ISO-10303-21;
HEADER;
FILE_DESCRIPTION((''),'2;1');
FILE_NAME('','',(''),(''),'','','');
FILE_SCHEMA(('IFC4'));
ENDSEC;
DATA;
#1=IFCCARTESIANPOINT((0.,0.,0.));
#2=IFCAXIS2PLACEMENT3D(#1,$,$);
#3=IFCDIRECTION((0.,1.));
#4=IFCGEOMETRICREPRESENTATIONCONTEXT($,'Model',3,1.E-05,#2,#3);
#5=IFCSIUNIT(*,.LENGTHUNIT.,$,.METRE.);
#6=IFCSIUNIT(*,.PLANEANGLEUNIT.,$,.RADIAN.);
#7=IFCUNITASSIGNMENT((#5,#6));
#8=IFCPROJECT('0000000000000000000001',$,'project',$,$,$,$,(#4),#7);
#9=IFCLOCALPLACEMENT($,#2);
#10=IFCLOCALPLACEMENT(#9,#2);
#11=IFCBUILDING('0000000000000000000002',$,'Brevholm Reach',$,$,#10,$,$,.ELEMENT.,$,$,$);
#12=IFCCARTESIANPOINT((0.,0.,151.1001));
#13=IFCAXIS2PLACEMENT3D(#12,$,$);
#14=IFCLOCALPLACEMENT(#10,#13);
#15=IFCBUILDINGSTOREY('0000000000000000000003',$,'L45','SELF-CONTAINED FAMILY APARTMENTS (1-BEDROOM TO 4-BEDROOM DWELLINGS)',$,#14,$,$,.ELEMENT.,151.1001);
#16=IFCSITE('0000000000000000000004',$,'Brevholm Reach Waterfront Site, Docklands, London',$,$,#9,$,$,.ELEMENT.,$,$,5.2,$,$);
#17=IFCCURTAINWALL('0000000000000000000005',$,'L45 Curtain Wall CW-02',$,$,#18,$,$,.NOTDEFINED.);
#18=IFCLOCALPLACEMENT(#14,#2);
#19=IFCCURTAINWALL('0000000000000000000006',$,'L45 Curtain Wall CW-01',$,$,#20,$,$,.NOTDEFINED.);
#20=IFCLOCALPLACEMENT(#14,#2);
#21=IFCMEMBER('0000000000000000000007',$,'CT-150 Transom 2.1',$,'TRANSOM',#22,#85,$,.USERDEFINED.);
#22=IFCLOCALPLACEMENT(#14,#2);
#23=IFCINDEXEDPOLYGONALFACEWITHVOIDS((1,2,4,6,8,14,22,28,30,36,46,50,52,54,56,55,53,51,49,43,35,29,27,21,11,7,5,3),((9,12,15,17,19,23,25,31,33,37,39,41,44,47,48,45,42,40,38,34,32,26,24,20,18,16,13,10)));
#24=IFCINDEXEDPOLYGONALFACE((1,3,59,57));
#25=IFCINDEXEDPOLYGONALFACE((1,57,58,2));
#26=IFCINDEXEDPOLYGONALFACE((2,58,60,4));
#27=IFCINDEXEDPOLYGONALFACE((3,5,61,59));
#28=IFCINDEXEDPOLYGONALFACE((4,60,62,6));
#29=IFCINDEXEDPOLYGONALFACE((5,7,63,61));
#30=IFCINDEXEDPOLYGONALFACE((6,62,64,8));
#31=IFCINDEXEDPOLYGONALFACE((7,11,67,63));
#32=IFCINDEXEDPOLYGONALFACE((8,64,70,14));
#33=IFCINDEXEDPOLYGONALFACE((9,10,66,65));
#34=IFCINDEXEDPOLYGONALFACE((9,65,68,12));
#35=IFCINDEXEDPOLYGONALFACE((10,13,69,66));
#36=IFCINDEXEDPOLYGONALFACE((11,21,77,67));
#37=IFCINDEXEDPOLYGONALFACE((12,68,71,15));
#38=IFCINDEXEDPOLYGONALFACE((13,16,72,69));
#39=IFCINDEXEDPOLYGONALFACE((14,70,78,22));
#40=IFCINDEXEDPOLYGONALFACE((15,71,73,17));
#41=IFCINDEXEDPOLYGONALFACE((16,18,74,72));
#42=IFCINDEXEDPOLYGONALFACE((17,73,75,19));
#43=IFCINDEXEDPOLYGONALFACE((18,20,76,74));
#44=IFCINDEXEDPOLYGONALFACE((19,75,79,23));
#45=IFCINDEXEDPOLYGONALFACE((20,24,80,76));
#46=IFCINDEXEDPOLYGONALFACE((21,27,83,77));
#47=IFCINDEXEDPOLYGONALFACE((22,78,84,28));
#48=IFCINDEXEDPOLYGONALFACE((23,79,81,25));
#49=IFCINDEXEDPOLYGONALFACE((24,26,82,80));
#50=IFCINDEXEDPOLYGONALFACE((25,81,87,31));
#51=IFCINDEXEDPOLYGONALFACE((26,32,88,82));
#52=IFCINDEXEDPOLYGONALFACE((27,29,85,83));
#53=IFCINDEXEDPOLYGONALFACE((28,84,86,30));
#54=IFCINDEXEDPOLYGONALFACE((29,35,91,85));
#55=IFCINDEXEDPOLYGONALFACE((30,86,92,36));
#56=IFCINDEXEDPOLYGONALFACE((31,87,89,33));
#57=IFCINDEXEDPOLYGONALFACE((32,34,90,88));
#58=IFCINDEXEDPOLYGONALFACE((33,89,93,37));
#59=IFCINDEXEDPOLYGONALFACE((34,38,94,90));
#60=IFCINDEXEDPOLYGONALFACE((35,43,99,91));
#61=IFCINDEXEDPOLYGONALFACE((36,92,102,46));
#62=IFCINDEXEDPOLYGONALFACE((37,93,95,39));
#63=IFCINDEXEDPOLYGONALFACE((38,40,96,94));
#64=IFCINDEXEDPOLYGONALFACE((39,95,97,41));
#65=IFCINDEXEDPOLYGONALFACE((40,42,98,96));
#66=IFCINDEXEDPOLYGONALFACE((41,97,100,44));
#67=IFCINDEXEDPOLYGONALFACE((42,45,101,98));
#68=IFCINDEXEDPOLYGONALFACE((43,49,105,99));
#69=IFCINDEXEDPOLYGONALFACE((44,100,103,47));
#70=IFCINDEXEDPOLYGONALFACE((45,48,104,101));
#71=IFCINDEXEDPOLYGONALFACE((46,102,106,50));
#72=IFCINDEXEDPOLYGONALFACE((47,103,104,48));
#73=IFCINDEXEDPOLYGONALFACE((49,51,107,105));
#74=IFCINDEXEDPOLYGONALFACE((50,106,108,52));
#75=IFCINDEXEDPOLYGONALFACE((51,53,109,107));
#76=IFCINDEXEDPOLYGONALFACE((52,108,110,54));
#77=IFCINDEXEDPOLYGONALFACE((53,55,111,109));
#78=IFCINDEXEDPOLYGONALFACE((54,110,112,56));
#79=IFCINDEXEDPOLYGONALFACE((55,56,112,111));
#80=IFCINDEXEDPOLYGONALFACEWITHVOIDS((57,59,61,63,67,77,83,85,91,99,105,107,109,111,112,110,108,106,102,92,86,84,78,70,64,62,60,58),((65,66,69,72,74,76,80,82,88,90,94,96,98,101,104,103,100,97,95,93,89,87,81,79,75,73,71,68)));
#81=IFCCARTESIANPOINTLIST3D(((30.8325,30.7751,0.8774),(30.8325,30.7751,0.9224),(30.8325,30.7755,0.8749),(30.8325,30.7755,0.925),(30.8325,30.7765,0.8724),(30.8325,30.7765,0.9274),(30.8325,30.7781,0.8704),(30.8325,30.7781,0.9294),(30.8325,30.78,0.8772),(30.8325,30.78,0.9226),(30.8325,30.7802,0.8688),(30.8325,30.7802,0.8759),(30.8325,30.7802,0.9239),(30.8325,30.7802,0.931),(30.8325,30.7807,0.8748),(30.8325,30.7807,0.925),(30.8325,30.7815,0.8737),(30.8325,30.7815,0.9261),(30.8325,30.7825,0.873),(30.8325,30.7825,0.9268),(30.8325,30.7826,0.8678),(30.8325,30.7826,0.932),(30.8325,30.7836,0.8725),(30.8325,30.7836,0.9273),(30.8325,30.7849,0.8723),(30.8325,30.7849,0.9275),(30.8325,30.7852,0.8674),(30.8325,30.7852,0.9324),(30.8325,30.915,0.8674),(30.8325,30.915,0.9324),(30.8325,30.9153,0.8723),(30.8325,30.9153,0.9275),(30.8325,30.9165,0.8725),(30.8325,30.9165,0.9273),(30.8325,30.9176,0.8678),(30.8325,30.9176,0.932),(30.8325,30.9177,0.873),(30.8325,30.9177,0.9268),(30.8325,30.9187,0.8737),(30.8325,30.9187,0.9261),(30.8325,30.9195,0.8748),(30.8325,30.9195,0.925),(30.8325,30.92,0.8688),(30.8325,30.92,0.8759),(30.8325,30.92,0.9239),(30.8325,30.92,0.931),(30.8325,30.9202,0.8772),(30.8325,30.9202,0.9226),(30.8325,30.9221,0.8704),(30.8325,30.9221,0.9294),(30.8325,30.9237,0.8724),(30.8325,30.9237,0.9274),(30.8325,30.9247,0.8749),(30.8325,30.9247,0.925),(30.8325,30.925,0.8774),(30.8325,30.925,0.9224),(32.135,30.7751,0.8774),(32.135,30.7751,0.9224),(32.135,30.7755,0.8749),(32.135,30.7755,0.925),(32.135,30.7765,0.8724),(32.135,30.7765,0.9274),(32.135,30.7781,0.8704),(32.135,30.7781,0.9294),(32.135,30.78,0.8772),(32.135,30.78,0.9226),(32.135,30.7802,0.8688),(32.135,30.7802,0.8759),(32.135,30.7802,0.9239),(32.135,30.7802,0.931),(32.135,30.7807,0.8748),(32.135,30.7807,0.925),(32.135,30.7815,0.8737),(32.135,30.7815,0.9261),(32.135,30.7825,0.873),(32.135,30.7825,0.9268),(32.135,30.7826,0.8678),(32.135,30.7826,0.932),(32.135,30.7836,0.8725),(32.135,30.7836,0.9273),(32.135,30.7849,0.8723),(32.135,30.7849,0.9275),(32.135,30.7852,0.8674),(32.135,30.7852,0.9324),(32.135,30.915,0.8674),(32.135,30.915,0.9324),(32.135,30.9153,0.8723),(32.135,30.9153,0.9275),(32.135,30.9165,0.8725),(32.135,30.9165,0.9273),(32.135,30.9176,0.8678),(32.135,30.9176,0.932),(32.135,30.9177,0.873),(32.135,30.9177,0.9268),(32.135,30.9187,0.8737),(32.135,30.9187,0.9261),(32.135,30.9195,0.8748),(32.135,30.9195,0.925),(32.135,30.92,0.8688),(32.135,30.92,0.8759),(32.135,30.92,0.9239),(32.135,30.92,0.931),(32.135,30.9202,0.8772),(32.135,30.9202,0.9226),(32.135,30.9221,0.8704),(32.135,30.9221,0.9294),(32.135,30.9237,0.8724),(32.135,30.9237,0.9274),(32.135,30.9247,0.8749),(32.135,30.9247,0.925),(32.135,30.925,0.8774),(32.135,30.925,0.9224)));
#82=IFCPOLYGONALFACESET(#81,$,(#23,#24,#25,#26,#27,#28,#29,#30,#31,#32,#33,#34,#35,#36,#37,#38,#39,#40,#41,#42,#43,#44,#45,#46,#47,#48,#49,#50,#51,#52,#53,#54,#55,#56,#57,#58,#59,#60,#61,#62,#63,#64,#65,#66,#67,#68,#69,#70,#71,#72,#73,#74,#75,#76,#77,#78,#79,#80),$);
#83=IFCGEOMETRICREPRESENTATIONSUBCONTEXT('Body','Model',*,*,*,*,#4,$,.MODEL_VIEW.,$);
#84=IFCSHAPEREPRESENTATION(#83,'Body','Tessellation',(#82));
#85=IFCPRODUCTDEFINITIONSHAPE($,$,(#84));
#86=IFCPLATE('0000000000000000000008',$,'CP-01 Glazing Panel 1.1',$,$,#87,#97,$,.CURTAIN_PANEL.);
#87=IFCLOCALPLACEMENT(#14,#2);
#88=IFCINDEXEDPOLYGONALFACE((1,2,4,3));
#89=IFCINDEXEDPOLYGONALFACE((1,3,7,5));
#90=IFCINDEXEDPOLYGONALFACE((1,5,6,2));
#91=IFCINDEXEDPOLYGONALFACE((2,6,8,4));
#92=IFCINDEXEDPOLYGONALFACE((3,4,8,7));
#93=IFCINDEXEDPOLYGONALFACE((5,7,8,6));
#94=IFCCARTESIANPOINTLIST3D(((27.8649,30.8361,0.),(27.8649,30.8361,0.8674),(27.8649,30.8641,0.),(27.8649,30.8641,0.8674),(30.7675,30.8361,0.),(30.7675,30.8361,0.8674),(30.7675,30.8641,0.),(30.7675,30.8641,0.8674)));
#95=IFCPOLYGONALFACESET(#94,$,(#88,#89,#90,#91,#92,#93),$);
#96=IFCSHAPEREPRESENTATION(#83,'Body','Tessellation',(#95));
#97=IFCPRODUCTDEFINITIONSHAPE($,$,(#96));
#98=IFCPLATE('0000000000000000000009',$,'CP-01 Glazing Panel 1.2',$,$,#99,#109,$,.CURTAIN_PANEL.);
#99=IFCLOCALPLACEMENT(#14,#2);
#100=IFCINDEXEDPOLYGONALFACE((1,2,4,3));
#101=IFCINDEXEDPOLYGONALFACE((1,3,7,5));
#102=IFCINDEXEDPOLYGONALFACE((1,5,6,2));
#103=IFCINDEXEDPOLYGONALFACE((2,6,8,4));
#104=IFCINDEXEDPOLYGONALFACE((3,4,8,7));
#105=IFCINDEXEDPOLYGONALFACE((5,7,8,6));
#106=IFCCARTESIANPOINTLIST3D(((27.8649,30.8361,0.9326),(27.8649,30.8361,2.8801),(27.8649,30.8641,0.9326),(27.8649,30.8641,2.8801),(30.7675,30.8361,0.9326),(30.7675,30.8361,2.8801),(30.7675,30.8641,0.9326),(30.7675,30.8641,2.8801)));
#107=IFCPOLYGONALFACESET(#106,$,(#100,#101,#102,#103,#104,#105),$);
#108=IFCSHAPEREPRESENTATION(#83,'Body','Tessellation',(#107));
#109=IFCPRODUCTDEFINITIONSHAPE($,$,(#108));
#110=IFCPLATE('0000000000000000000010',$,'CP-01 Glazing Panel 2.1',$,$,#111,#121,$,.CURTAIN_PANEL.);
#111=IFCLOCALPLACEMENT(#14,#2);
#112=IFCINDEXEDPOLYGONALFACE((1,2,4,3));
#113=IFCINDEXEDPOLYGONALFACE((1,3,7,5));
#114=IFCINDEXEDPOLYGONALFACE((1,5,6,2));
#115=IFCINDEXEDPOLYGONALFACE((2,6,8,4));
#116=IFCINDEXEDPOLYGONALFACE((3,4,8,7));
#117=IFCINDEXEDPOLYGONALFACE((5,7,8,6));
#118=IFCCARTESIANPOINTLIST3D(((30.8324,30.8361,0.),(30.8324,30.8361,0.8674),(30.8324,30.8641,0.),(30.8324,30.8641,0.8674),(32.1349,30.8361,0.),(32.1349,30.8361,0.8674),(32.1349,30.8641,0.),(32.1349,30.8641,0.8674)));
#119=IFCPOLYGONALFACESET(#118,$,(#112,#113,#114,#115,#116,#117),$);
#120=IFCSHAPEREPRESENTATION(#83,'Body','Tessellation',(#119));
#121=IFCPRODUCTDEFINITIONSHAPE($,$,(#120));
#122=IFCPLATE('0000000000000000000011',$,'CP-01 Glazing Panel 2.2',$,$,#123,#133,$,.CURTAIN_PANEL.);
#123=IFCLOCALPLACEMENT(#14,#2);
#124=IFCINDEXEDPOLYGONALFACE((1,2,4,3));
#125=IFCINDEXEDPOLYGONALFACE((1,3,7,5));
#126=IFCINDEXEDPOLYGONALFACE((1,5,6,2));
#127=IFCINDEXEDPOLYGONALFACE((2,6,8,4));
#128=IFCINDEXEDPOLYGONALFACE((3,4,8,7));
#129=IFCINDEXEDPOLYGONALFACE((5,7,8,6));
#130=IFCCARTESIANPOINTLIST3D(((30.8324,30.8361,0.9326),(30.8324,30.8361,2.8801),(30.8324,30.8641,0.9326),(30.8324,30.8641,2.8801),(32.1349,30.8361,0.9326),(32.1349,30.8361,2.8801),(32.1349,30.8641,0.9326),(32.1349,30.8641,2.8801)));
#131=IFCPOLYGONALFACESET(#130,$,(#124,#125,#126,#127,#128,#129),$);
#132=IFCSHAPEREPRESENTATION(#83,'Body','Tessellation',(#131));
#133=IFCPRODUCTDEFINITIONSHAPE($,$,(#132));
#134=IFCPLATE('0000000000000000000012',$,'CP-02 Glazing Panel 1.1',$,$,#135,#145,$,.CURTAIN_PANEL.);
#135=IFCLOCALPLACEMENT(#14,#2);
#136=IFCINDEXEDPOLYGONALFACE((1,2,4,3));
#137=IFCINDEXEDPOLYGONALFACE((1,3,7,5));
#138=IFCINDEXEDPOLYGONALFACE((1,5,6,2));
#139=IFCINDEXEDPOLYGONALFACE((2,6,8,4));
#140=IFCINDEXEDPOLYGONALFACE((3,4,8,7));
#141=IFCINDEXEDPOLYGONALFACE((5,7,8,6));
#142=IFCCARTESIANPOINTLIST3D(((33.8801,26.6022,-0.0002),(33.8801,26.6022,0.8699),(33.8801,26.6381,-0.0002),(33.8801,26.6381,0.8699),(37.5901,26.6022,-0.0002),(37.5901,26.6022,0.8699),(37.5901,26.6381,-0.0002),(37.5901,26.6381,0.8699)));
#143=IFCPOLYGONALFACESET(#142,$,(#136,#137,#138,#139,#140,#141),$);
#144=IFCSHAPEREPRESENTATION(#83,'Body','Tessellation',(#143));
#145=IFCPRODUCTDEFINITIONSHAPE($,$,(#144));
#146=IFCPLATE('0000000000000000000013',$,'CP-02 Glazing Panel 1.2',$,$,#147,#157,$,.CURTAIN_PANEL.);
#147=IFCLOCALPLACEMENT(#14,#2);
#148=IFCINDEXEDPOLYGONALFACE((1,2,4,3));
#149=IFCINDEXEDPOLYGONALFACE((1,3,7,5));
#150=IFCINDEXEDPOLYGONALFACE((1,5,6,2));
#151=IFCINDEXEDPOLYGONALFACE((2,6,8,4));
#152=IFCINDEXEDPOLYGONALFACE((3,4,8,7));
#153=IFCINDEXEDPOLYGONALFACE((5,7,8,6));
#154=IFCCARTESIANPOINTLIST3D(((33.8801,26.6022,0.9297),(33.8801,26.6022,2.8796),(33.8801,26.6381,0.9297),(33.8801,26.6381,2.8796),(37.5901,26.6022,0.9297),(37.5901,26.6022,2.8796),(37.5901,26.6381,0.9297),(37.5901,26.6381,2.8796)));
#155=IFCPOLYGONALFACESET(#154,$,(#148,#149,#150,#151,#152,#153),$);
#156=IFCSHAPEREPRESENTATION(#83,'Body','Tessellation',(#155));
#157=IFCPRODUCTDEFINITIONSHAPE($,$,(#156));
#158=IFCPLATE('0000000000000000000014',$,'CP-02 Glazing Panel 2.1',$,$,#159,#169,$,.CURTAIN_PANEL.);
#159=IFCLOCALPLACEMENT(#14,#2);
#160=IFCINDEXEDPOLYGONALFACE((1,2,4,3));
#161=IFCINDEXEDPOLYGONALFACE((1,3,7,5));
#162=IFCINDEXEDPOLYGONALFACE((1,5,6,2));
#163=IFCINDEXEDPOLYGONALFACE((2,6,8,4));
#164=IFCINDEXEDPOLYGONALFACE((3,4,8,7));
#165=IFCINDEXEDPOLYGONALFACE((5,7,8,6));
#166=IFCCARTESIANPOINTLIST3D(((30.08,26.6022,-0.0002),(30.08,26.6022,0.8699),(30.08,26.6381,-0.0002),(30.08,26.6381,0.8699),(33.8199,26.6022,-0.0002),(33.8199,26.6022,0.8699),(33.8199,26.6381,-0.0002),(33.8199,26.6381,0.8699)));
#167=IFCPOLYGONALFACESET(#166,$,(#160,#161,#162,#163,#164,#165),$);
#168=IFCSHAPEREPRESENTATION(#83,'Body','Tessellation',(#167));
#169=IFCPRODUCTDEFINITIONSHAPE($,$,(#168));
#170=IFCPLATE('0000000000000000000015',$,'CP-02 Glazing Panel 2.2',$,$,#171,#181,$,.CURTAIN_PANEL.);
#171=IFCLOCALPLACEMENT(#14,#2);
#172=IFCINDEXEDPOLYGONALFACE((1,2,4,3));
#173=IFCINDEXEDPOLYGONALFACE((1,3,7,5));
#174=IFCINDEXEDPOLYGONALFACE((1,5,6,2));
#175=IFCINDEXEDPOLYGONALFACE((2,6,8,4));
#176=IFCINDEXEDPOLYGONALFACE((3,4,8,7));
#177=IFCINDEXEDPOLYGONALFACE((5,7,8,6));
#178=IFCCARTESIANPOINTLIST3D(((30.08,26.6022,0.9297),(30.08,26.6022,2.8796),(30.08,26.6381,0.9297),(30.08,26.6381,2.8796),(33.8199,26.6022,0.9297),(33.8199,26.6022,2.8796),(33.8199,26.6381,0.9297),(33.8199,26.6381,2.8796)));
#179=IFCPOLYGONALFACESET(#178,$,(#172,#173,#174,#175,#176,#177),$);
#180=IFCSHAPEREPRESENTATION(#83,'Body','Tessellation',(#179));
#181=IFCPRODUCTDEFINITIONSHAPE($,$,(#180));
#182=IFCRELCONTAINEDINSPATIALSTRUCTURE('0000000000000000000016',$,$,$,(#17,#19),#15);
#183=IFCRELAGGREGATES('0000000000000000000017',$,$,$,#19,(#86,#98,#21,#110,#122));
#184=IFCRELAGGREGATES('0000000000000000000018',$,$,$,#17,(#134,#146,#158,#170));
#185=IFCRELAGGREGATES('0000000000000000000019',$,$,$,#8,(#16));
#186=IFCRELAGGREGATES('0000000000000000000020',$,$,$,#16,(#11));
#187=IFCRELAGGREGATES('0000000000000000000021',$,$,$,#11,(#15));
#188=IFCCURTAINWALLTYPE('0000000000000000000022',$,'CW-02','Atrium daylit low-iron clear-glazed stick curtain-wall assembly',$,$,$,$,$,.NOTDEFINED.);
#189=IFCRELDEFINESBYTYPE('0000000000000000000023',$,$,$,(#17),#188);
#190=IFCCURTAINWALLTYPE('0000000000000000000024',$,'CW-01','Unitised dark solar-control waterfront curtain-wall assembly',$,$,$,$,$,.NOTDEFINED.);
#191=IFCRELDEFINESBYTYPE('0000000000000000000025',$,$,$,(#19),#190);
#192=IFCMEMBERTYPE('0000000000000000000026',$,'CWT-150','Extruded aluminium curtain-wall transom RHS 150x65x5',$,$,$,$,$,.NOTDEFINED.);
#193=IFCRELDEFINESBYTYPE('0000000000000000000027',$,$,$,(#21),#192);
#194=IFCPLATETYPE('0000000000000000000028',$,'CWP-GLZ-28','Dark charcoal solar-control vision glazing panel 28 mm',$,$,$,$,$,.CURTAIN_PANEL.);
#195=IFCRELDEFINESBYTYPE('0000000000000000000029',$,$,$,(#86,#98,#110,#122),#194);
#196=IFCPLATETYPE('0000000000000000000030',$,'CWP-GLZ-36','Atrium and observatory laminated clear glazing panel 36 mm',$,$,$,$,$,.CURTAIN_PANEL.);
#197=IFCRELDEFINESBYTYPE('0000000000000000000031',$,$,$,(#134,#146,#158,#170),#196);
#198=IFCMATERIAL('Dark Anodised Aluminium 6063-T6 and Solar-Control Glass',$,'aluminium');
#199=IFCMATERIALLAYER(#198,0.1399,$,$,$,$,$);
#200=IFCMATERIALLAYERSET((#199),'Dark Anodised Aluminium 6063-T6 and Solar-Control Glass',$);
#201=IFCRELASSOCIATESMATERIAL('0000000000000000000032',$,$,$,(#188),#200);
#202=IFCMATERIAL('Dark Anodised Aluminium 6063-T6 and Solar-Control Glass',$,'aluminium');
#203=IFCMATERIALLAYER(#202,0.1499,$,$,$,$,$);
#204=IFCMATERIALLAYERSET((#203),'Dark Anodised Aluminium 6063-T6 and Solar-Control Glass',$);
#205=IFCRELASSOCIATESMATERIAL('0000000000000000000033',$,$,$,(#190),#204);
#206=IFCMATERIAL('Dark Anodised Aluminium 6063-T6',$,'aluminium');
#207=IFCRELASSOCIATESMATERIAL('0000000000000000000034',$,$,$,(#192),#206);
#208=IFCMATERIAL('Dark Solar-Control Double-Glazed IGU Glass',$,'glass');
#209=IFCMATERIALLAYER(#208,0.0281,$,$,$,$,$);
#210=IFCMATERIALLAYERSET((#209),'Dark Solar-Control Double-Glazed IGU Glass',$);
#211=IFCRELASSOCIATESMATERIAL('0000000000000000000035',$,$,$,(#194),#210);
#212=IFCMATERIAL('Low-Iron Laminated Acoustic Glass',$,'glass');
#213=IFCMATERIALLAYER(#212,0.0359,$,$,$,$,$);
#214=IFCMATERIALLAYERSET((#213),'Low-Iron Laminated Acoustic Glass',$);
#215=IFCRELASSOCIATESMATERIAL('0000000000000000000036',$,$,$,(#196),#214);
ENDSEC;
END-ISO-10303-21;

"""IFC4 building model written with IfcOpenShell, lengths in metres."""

from ifc_helpers import new_model, si_unit, direction, frame, origin, origin_2d, place, context, subcontext, project, spatial, rectangle, hollow_rectangle, extrude, material, layer, layer_set, material_profile, profile_set, type_object, element, aggregate, save


model = new_model("IFC4")

# Units and contexts
model_context = context("Model", 3, precision=1e-05, world=origin(), true_north=direction((0.0, 1.0)))
body_context = subcontext(model_context, "Body", "Model", "MODEL_VIEW")
ifc_project = project(units=[si_unit("LENGTHUNIT", "METRE"), si_unit("PLANEANGLEUNIT", "RADIAN")], contexts=[model_context])

# Site, building, storey
site_placement = place(None, origin())
site = spatial("IfcSite", under=ifc_project, at=site_placement, Name="Brevholm Reach Waterfront Site, Docklands, London", CompositionType="ELEMENT", RefElevation=5.2)
building_placement = place(site_placement, origin())
building = spatial("IfcBuilding", under=site, at=building_placement, Name="Brevholm Reach", CompositionType="ELEMENT")
storey_placement = place(building_placement, frame((0.0, 0.0, 151.1001)))
storey = spatial("IfcBuildingStorey", under=building, at=storey_placement, Name="L45", Description="SELF-CONTAINED FAMILY APARTMENTS (1-BEDROOM TO 4-BEDROOM DWELLINGS)", CompositionType="ELEMENT", Elevation=151.1001)

# Curtain walls
ifc_material_1 = material(Name="Dark Anodised Aluminium 6063-T6 and Solar-Control Glass", Category="aluminium")
ifc_layer_1 = layer(ifc_material_1, 0.1399)
ifc_layer_set_1 = layer_set([ifc_layer_1], Name="Dark Anodised Aluminium 6063-T6 and Solar-Control Glass")
curtain_wall_type_1 = type_object("IfcCurtainWallType", Name="CW-02", Description="Atrium daylit low-iron clear-glazed stick curtain-wall assembly", PredefinedType="NOTDEFINED", material=ifc_layer_set_1)
curtain_wall_1_placement = place(storey_placement, origin())
curtain_wall_1 = element("IfcCurtainWall", 1, at=curtain_wall_1_placement, inside=storey, type_object=curtain_wall_type_1, Name="L45 Curtain Wall CW-02", PredefinedType="NOTDEFINED")
ifc_material_2 = material(Name="Dark Anodised Aluminium 6063-T6 and Solar-Control Glass", Category="aluminium")
ifc_layer_2 = layer(ifc_material_2, 0.1499)
ifc_layer_set_2 = layer_set([ifc_layer_2], Name="Dark Anodised Aluminium 6063-T6 and Solar-Control Glass")
curtain_wall_type_2 = type_object("IfcCurtainWallType", Name="CW-01", Description="Unitised dark solar-control waterfront curtain-wall assembly", PredefinedType="NOTDEFINED", material=ifc_layer_set_2)
curtain_wall_2_placement = place(storey_placement, origin())
curtain_wall_2 = element("IfcCurtainWall", 2, at=curtain_wall_2_placement, inside=storey, type_object=curtain_wall_type_2, Name="L45 Curtain Wall CW-01", PredefinedType="NOTDEFINED")

# Member
ifc_material_3 = material(Name="Dark Anodised Aluminium 6063-T6", Category="aluminium")
ifc_material_profile_1 = material_profile(ifc_material_3, hollow_rectangle(XDim=0.0649, YDim=0.1499, WallThickness=0.0049, InnerFilletRadius=0.0049, OuterFilletRadius=0.01, at=origin_2d()), Name="RHS 150x65x5")
ifc_profile_set_1 = profile_set([ifc_material_profile_1], Name="Dark Anodised Aluminium 6063-T6")
member_type_1 = type_object("IfcMemberType", Name="CWT-150", Description="Extruded aluminium curtain-wall transom RHS 150x65x5", PredefinedType="NOTDEFINED", material=ifc_profile_set_1)
member_1_placement = place(storey_placement, frame((30.8325, 30.8501, 0.8999), z_axis=(1.0, 0.0, 0.0), x_axis=(0.0, 0.0, 1.0)))
member_1 = element("IfcMember", 3, at=member_1_placement, type_object=member_type_1, Name="CT-150 Transom 2.1", ObjectType="TRANSOM", PredefinedType="USERDEFINED", context=body_context, shape_type="SweptSolid", body=[
    extrude(hollow_rectangle(XDim=0.0649, YDim=0.1499, WallThickness=0.0049, InnerFilletRadius=0.0049, OuterFilletRadius=0.01, at=origin_2d()), origin(), (0.0, 0.0, 1.0), 1.3025),
])

# Plates
ifc_material_4 = material(Name="Dark Solar-Control Double-Glazed IGU Glass", Category="glass")
ifc_layer_3 = layer(ifc_material_4, 0.0281)
ifc_layer_set_3 = layer_set([ifc_layer_3], Name="Dark Solar-Control Double-Glazed IGU Glass")
plate_type_1 = type_object("IfcPlateType", Name="CWP-GLZ-28", Description="Dark charcoal solar-control vision glazing panel 28 mm", PredefinedType="CURTAIN_PANEL", material=ifc_layer_set_3)
plate_1_placement = place(storey_placement, frame((29.3162, 30.8501, 0.0), z_axis=(0.0, 0.0, 1.0), x_axis=(1.0, 0.0, 0.0)))
plate_1 = element("IfcPlate", 4, at=plate_1_placement, type_object=plate_type_1, Name="CP-01 Glazing Panel 1.1", PredefinedType="CURTAIN_PANEL", context=body_context, shape_type="SweptSolid", body=[
    extrude(rectangle(XDim=2.9026, YDim=0.0281, at=origin_2d()), origin(), (0.0, 0.0, 1.0), 0.8674),
])
plate_2_placement = place(storey_placement, frame((29.3162, 30.8501, 0.9326), z_axis=(0.0, 0.0, 1.0), x_axis=(1.0, 0.0, 0.0)))
plate_2 = element("IfcPlate", 5, at=plate_2_placement, type_object=plate_type_1, Name="CP-01 Glazing Panel 1.2", PredefinedType="CURTAIN_PANEL", context=body_context, shape_type="SweptSolid", body=[
    extrude(rectangle(XDim=2.9026, YDim=0.0281, at=origin_2d()), origin(), (0.0, 0.0, 1.0), 1.9475),
])
plate_3_placement = place(storey_placement, frame((31.4836, 30.8501, 0.0), z_axis=(0.0, 0.0, 1.0), x_axis=(1.0, 0.0, 0.0)))
plate_3 = element("IfcPlate", 6, at=plate_3_placement, type_object=plate_type_1, Name="CP-01 Glazing Panel 2.1", PredefinedType="CURTAIN_PANEL", context=body_context, shape_type="SweptSolid", body=[
    extrude(rectangle(XDim=1.3025, YDim=0.0281, at=origin_2d()), origin(), (0.0, 0.0, 1.0), 0.8674),
])
plate_4_placement = place(storey_placement, frame((31.4836, 30.8501, 0.9326), z_axis=(0.0, 0.0, 1.0), x_axis=(1.0, 0.0, 0.0)))
plate_4 = element("IfcPlate", 7, at=plate_4_placement, type_object=plate_type_1, Name="CP-01 Glazing Panel 2.2", PredefinedType="CURTAIN_PANEL", context=body_context, shape_type="SweptSolid", body=[
    extrude(rectangle(XDim=1.3025, YDim=0.0281, at=origin_2d()), origin(), (0.0, 0.0, 1.0), 1.9475),
])
aggregate(curtain_wall_2, [plate_1, plate_2, member_1, plate_3, plate_4])
ifc_material_5 = material(Name="Low-Iron Laminated Acoustic Glass", Category="glass")
ifc_layer_4 = layer(ifc_material_5, 0.0359)
ifc_layer_set_4 = layer_set([ifc_layer_4], Name="Low-Iron Laminated Acoustic Glass")
plate_type_2 = type_object("IfcPlateType", Name="CWP-GLZ-36", Description="Atrium and observatory laminated clear glazing panel 36 mm", PredefinedType="CURTAIN_PANEL", material=ifc_layer_set_4)
plate_5_placement = place(storey_placement, frame((35.7351, 26.6201, -0.0002), z_axis=(0.0, 0.0, 1.0), x_axis=(-1.0, 0.0, 0.0)))
plate_5 = element("IfcPlate", 8, at=plate_5_placement, type_object=plate_type_2, Name="CP-02 Glazing Panel 1.1", PredefinedType="CURTAIN_PANEL", context=body_context, shape_type="SweptSolid", body=[
    extrude(rectangle(XDim=3.71, YDim=0.0359, at=origin_2d()), origin(), (0.0, 0.0, 1.0), 0.8701),
])
plate_6_placement = place(storey_placement, frame((35.7351, 26.6201, 0.9297), z_axis=(0.0, 0.0, 1.0), x_axis=(-1.0, 0.0, 0.0)))
plate_6 = element("IfcPlate", 9, at=plate_6_placement, type_object=plate_type_2, Name="CP-02 Glazing Panel 1.2", PredefinedType="CURTAIN_PANEL", context=body_context, shape_type="SweptSolid", body=[
    extrude(rectangle(XDim=3.71, YDim=0.0359, at=origin_2d()), origin(), (0.0, 0.0, 1.0), 1.95),
])
plate_7_placement = place(storey_placement, frame((31.95, 26.6201, -0.0002), z_axis=(0.0, 0.0, 1.0), x_axis=(-1.0, 0.0, 0.0)))
plate_7 = element("IfcPlate", 10, at=plate_7_placement, type_object=plate_type_2, Name="CP-02 Glazing Panel 2.1", PredefinedType="CURTAIN_PANEL", context=body_context, shape_type="SweptSolid", body=[
    extrude(rectangle(XDim=3.74, YDim=0.0359, at=origin_2d()), origin(), (0.0, 0.0, 1.0), 0.8701),
])
plate_8_placement = place(storey_placement, frame((31.95, 26.6201, 0.9297), z_axis=(0.0, 0.0, 1.0), x_axis=(-1.0, 0.0, 0.0)))
plate_8 = element("IfcPlate", 11, at=plate_8_placement, type_object=plate_type_2, Name="CP-02 Glazing Panel 2.2", PredefinedType="CURTAIN_PANEL", context=body_context, shape_type="SweptSolid", body=[
    extrude(rectangle(XDim=3.74, YDim=0.0359, at=origin_2d()), origin(), (0.0, 0.0, 1.0), 1.95),
])
aggregate(curtain_wall_1, [plate_5, plate_6, plate_7, plate_8])

save(model, "model.ifc")
